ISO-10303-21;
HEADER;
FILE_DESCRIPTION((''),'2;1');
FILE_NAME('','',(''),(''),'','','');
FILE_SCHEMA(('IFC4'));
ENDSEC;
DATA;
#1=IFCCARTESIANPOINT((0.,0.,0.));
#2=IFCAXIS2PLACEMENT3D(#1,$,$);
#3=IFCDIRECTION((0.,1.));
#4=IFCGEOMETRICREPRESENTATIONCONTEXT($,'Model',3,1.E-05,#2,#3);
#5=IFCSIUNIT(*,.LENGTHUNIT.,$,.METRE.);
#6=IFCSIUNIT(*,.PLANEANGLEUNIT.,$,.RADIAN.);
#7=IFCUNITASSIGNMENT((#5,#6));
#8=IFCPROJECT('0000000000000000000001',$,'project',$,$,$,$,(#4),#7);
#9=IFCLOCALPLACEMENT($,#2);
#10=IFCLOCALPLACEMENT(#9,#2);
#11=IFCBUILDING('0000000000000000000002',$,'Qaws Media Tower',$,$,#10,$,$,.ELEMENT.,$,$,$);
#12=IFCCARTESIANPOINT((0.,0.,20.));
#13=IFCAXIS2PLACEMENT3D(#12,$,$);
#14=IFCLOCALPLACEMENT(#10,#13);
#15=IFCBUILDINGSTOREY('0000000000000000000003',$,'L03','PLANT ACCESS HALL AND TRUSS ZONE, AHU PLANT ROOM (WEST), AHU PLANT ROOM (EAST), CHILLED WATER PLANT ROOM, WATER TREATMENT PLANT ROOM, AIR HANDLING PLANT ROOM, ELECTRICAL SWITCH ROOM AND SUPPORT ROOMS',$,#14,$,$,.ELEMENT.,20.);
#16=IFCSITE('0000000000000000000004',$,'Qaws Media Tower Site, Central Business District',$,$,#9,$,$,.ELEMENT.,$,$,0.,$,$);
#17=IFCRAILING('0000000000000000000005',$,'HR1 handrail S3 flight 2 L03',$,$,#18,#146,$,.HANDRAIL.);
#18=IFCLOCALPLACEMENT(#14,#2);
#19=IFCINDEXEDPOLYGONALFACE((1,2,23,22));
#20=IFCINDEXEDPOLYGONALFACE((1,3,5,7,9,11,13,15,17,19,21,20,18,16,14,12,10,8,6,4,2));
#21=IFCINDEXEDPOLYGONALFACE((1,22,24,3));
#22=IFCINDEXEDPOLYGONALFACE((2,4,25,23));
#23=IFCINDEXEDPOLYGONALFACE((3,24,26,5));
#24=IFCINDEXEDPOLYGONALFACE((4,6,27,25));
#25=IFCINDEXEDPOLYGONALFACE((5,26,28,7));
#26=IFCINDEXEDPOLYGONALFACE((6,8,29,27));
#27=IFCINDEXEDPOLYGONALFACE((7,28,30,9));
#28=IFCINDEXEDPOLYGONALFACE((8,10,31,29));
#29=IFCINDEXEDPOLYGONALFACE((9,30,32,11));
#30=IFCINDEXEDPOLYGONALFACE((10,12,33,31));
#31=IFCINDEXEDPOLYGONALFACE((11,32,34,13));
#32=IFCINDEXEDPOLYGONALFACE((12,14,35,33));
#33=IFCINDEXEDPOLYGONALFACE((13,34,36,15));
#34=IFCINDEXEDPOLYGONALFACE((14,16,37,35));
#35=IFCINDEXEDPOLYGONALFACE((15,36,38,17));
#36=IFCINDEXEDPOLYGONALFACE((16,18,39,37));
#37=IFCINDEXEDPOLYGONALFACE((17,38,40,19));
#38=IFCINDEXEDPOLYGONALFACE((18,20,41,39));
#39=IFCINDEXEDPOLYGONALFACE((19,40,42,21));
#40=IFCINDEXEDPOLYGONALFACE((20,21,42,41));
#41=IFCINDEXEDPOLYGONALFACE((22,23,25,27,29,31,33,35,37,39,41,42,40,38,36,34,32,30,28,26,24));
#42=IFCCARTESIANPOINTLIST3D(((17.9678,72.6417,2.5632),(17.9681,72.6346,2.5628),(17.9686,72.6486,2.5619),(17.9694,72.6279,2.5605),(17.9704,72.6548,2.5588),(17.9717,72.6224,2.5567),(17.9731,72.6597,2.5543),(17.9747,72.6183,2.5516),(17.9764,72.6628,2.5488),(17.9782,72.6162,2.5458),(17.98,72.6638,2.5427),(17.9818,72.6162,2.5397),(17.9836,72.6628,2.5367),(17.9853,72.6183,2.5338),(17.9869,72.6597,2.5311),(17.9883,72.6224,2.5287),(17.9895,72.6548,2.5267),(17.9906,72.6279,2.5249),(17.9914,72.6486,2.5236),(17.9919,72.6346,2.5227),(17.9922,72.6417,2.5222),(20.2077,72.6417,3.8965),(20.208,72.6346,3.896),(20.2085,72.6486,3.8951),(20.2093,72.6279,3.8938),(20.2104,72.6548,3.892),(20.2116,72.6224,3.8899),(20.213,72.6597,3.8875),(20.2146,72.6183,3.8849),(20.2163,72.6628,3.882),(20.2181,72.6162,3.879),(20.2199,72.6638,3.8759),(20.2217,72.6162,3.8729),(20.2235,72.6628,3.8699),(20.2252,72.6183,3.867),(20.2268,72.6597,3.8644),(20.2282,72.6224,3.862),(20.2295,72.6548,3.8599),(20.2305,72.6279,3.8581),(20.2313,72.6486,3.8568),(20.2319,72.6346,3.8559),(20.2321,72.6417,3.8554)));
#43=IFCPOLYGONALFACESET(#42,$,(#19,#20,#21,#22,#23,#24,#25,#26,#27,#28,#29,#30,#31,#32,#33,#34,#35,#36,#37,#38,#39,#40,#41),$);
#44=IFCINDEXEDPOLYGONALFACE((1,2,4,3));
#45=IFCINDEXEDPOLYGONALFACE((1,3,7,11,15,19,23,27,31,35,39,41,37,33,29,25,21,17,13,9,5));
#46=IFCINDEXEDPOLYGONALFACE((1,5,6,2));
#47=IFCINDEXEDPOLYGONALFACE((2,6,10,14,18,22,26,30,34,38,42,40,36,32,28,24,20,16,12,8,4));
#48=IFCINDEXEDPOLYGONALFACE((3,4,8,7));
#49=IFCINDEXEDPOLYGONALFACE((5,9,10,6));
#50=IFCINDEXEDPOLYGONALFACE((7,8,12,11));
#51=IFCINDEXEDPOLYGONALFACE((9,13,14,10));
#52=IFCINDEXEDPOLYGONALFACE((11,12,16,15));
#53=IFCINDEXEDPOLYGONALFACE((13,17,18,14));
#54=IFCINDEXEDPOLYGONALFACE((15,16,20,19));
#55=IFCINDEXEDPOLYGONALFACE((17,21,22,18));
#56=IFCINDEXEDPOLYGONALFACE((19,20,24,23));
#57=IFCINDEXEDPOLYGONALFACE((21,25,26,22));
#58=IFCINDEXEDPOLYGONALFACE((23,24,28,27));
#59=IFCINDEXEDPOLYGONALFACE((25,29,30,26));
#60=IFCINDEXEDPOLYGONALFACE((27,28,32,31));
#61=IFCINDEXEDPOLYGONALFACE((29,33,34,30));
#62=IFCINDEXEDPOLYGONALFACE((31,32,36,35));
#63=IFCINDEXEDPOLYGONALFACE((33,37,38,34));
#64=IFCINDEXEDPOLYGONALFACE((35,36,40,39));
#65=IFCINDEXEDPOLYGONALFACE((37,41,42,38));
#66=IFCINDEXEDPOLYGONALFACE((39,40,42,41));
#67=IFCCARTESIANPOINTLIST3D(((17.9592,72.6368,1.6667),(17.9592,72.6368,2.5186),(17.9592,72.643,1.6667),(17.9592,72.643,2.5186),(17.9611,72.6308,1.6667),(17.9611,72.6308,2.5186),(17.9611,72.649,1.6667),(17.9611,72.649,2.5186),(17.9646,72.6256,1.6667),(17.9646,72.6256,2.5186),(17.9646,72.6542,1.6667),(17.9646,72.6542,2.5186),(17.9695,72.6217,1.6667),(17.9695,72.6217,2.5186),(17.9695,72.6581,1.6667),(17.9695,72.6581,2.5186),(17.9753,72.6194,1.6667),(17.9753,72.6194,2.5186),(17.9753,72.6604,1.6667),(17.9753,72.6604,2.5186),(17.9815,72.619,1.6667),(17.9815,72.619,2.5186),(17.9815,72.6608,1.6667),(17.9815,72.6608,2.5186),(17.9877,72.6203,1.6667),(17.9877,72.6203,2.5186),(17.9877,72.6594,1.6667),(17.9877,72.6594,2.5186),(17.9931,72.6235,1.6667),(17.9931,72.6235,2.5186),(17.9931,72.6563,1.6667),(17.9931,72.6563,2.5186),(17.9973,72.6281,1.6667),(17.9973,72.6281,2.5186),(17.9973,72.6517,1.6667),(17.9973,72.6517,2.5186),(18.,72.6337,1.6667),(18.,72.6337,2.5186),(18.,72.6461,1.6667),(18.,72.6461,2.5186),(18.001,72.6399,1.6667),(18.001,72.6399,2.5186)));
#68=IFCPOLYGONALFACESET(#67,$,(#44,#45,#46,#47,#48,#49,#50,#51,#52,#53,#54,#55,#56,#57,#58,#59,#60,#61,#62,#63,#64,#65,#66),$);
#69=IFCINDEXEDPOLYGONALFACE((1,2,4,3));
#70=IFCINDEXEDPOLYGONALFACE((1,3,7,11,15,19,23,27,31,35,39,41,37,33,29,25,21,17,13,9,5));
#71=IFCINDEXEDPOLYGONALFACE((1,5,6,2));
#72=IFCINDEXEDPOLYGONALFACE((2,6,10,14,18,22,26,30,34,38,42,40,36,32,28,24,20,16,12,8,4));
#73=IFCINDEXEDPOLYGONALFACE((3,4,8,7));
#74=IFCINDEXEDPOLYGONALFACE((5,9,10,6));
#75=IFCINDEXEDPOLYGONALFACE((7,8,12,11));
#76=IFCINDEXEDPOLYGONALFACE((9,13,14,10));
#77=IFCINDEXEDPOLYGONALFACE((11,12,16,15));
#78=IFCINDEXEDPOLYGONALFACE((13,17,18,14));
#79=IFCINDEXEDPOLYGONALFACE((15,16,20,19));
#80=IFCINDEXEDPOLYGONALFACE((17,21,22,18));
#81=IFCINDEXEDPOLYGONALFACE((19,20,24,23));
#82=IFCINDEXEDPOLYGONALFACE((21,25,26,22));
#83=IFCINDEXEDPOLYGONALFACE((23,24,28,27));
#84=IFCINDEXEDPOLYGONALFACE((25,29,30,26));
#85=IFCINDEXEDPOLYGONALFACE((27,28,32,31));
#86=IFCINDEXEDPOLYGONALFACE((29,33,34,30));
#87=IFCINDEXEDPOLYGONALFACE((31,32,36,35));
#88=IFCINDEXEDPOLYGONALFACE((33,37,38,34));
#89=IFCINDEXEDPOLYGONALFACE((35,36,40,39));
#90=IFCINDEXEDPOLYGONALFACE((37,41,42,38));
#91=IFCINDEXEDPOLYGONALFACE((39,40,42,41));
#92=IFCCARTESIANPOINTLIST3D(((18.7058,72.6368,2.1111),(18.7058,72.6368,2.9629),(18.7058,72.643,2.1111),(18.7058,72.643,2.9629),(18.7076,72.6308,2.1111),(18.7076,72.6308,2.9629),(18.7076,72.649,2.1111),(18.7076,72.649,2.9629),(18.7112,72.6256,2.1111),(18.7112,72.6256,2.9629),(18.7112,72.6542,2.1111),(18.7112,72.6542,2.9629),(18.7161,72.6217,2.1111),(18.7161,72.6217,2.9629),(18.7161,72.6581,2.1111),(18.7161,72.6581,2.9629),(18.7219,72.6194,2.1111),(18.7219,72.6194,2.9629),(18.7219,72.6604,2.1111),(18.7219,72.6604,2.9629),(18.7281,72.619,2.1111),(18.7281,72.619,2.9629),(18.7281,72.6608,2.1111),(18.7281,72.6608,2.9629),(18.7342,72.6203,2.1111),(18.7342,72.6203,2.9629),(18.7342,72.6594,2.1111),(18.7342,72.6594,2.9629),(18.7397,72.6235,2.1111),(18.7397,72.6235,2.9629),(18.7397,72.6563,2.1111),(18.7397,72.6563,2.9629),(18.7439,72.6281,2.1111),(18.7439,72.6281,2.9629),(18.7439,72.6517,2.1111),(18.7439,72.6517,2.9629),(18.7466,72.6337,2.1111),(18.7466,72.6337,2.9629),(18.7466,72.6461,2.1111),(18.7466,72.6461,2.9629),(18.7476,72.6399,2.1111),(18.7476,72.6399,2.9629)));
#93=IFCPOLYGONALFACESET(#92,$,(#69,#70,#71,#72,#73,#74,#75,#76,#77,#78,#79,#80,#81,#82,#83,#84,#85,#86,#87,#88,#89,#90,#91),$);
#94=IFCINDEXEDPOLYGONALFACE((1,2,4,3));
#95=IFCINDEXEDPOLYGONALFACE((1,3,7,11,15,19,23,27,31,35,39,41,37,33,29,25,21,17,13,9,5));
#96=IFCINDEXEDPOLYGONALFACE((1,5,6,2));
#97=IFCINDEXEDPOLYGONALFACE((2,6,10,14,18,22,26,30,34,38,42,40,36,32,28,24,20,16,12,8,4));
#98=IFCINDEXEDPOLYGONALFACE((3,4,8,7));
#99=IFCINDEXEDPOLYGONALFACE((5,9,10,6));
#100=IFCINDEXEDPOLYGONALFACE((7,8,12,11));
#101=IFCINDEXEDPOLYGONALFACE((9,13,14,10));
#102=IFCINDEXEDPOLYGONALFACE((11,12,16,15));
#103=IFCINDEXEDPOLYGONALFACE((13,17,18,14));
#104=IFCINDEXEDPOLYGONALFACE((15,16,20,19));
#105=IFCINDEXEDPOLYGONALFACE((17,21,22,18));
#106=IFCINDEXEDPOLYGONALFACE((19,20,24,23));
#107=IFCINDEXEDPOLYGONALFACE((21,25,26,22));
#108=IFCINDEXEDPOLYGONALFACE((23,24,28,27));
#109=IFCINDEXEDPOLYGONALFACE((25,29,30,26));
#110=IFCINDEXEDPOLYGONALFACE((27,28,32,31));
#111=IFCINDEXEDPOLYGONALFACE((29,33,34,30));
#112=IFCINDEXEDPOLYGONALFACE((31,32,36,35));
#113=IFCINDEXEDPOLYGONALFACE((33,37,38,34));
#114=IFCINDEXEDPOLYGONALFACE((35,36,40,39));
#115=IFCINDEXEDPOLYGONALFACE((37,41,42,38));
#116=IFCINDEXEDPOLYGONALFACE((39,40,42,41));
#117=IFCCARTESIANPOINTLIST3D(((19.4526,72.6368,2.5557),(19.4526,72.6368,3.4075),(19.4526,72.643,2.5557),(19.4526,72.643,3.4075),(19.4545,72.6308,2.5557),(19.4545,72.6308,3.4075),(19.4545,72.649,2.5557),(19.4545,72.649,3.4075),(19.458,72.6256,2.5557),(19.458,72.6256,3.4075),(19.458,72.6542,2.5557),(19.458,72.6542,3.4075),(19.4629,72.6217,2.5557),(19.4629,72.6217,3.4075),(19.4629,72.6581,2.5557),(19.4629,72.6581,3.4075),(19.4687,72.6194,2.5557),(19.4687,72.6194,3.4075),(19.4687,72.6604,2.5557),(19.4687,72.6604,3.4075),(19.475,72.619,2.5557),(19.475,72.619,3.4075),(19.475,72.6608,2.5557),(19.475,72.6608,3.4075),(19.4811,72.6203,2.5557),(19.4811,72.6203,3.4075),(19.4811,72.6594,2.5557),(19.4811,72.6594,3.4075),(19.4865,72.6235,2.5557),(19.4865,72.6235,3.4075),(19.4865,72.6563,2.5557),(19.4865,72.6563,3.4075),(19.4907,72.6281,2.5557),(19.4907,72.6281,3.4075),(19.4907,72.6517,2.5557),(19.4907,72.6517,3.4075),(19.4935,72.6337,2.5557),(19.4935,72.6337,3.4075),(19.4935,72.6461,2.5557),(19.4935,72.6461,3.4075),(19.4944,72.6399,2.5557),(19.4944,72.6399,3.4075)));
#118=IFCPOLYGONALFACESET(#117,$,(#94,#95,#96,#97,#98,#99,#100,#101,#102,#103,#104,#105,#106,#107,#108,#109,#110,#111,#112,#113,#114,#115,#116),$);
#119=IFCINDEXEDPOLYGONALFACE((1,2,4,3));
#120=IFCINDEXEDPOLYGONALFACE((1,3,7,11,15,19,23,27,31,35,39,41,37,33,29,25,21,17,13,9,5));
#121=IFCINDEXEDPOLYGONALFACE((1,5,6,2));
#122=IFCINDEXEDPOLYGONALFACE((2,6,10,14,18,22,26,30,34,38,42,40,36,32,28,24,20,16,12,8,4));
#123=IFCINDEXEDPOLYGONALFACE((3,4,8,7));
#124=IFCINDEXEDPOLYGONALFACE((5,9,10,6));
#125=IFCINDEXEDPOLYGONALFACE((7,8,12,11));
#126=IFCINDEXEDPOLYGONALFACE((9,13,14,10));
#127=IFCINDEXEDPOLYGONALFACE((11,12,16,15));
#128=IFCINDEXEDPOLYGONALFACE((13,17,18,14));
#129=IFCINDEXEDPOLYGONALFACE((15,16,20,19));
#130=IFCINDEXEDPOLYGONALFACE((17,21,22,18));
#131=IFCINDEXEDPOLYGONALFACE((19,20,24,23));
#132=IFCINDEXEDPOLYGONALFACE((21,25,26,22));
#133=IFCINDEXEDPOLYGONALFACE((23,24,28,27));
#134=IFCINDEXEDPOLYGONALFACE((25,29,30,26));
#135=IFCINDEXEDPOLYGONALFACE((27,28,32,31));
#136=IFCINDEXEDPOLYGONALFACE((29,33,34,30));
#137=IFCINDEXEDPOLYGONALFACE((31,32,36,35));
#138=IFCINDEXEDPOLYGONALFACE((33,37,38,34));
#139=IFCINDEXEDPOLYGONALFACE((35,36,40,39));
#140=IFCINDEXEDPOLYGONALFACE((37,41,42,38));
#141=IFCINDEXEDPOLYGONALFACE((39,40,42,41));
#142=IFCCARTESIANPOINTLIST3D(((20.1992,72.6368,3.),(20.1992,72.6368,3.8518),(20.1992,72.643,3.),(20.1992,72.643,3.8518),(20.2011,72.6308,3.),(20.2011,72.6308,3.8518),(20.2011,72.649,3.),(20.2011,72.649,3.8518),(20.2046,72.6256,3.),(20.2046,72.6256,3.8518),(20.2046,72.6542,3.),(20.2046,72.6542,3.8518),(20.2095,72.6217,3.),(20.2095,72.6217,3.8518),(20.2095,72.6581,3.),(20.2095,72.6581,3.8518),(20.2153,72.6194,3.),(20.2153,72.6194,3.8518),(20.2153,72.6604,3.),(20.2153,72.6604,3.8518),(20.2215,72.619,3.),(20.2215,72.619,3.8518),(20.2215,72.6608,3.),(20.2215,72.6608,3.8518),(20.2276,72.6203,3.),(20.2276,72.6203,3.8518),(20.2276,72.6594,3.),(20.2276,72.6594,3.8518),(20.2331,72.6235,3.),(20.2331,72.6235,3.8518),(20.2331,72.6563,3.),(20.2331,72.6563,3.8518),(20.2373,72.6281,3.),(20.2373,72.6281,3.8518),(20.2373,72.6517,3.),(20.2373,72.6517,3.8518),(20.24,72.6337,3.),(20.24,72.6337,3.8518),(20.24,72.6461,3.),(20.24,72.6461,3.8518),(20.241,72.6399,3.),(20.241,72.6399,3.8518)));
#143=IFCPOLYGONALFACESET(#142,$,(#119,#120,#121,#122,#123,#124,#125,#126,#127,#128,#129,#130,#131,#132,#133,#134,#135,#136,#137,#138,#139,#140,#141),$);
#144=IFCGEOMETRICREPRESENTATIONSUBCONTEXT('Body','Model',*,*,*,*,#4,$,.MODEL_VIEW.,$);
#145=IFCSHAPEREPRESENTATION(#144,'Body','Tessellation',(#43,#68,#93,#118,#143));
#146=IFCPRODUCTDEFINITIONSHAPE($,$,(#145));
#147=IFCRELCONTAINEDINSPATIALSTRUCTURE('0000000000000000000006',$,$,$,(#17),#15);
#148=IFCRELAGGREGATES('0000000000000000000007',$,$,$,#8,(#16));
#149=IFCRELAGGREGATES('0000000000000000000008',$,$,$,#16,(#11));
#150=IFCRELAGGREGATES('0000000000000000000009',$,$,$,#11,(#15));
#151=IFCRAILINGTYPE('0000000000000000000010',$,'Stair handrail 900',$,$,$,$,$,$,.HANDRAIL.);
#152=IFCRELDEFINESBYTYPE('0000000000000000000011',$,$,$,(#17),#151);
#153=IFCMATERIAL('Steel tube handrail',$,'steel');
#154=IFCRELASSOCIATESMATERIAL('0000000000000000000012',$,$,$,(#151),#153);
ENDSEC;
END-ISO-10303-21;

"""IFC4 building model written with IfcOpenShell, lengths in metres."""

from ifc_helpers import new_model, si_unit, direction, frame, origin, origin_2d, place, context, subcontext, project, spatial, circle, extrude, material, type_object, element, save


model = new_model("IFC4")

# Units and contexts
model_context = context("Model", 3, precision=1e-05, world=origin(), true_north=direction((0.0, 1.0)))
body_context = subcontext(model_context, "Body", "Model", "MODEL_VIEW")
ifc_project = project(units=[si_unit("LENGTHUNIT", "METRE"), si_unit("PLANEANGLEUNIT", "RADIAN")], contexts=[model_context])

# Site, building, storey
site_placement = place(None, origin())
site = spatial("IfcSite", under=ifc_project, at=site_placement, Name="Qaws Media Tower Site, Central Business District", CompositionType="ELEMENT", RefElevation=0.0)
building_placement = place(site_placement, origin())
building = spatial("IfcBuilding", under=site, at=building_placement, Name="Qaws Media Tower", CompositionType="ELEMENT")
storey_placement = place(building_placement, frame((0.0, 0.0, 20.0)))
storey = spatial("IfcBuildingStorey", under=building, at=storey_placement, Name="L03", Description="PLANT ACCESS HALL AND TRUSS ZONE, AHU PLANT ROOM (WEST), AHU PLANT ROOM (EAST), CHILLED WATER PLANT ROOM, WATER TREATMENT PLANT ROOM, AIR HANDLING PLANT ROOM, ELECTRICAL SWITCH ROOM AND SUPPORT ROOMS", CompositionType="ELEMENT", Elevation=20.0)

# Railing
ifc_material_1 = material(Name="Steel tube handrail", Category="steel")
railing_type_1 = type_object("IfcRailingType", Name="Stair handrail 900", PredefinedType="HANDRAIL", material=ifc_material_1)
for number, where, name in (
    (1, (17.98, 72.6399, 1.6667), "HR1 handrail S3 flight 2 L03"),
):
    element("IfcRailing", number, at=place(storey_placement, frame(where)), inside=storey, type_object=railing_type_1, Name=name, PredefinedType="HANDRAIL", context=body_context, shape_type="SweptSolid", body=[
        extrude(circle(Radius=0.0239, at=origin_2d()), frame((0.0, 0.0, 0.876), z_axis=(0.859306, 0.0, 0.511462), x_axis=(0.0, 1.0, 0.0)), (0.0, 0.0, 1.0), 2.6067),
        extrude(circle(Radius=0.021, at=origin_2d()), origin(), (0.0, 0.0, 1.0), 0.8518),
        extrude(circle(Radius=0.021, at=origin_2d()), frame((0.7466, 0.0, 0.4443)), (0.0, 0.0, 1.0), 0.8518),
        extrude(circle(Radius=0.021, at=origin_2d()), frame((1.4934, 0.0, 0.8889)), (0.0, 0.0, 1.0), 0.8518),
        extrude(circle(Radius=0.021, at=origin_2d()), frame((2.24, 0.0, 1.3333)), (0.0, 0.0, 1.0), 0.8518),
    ])

save(model, "model.ifc")
